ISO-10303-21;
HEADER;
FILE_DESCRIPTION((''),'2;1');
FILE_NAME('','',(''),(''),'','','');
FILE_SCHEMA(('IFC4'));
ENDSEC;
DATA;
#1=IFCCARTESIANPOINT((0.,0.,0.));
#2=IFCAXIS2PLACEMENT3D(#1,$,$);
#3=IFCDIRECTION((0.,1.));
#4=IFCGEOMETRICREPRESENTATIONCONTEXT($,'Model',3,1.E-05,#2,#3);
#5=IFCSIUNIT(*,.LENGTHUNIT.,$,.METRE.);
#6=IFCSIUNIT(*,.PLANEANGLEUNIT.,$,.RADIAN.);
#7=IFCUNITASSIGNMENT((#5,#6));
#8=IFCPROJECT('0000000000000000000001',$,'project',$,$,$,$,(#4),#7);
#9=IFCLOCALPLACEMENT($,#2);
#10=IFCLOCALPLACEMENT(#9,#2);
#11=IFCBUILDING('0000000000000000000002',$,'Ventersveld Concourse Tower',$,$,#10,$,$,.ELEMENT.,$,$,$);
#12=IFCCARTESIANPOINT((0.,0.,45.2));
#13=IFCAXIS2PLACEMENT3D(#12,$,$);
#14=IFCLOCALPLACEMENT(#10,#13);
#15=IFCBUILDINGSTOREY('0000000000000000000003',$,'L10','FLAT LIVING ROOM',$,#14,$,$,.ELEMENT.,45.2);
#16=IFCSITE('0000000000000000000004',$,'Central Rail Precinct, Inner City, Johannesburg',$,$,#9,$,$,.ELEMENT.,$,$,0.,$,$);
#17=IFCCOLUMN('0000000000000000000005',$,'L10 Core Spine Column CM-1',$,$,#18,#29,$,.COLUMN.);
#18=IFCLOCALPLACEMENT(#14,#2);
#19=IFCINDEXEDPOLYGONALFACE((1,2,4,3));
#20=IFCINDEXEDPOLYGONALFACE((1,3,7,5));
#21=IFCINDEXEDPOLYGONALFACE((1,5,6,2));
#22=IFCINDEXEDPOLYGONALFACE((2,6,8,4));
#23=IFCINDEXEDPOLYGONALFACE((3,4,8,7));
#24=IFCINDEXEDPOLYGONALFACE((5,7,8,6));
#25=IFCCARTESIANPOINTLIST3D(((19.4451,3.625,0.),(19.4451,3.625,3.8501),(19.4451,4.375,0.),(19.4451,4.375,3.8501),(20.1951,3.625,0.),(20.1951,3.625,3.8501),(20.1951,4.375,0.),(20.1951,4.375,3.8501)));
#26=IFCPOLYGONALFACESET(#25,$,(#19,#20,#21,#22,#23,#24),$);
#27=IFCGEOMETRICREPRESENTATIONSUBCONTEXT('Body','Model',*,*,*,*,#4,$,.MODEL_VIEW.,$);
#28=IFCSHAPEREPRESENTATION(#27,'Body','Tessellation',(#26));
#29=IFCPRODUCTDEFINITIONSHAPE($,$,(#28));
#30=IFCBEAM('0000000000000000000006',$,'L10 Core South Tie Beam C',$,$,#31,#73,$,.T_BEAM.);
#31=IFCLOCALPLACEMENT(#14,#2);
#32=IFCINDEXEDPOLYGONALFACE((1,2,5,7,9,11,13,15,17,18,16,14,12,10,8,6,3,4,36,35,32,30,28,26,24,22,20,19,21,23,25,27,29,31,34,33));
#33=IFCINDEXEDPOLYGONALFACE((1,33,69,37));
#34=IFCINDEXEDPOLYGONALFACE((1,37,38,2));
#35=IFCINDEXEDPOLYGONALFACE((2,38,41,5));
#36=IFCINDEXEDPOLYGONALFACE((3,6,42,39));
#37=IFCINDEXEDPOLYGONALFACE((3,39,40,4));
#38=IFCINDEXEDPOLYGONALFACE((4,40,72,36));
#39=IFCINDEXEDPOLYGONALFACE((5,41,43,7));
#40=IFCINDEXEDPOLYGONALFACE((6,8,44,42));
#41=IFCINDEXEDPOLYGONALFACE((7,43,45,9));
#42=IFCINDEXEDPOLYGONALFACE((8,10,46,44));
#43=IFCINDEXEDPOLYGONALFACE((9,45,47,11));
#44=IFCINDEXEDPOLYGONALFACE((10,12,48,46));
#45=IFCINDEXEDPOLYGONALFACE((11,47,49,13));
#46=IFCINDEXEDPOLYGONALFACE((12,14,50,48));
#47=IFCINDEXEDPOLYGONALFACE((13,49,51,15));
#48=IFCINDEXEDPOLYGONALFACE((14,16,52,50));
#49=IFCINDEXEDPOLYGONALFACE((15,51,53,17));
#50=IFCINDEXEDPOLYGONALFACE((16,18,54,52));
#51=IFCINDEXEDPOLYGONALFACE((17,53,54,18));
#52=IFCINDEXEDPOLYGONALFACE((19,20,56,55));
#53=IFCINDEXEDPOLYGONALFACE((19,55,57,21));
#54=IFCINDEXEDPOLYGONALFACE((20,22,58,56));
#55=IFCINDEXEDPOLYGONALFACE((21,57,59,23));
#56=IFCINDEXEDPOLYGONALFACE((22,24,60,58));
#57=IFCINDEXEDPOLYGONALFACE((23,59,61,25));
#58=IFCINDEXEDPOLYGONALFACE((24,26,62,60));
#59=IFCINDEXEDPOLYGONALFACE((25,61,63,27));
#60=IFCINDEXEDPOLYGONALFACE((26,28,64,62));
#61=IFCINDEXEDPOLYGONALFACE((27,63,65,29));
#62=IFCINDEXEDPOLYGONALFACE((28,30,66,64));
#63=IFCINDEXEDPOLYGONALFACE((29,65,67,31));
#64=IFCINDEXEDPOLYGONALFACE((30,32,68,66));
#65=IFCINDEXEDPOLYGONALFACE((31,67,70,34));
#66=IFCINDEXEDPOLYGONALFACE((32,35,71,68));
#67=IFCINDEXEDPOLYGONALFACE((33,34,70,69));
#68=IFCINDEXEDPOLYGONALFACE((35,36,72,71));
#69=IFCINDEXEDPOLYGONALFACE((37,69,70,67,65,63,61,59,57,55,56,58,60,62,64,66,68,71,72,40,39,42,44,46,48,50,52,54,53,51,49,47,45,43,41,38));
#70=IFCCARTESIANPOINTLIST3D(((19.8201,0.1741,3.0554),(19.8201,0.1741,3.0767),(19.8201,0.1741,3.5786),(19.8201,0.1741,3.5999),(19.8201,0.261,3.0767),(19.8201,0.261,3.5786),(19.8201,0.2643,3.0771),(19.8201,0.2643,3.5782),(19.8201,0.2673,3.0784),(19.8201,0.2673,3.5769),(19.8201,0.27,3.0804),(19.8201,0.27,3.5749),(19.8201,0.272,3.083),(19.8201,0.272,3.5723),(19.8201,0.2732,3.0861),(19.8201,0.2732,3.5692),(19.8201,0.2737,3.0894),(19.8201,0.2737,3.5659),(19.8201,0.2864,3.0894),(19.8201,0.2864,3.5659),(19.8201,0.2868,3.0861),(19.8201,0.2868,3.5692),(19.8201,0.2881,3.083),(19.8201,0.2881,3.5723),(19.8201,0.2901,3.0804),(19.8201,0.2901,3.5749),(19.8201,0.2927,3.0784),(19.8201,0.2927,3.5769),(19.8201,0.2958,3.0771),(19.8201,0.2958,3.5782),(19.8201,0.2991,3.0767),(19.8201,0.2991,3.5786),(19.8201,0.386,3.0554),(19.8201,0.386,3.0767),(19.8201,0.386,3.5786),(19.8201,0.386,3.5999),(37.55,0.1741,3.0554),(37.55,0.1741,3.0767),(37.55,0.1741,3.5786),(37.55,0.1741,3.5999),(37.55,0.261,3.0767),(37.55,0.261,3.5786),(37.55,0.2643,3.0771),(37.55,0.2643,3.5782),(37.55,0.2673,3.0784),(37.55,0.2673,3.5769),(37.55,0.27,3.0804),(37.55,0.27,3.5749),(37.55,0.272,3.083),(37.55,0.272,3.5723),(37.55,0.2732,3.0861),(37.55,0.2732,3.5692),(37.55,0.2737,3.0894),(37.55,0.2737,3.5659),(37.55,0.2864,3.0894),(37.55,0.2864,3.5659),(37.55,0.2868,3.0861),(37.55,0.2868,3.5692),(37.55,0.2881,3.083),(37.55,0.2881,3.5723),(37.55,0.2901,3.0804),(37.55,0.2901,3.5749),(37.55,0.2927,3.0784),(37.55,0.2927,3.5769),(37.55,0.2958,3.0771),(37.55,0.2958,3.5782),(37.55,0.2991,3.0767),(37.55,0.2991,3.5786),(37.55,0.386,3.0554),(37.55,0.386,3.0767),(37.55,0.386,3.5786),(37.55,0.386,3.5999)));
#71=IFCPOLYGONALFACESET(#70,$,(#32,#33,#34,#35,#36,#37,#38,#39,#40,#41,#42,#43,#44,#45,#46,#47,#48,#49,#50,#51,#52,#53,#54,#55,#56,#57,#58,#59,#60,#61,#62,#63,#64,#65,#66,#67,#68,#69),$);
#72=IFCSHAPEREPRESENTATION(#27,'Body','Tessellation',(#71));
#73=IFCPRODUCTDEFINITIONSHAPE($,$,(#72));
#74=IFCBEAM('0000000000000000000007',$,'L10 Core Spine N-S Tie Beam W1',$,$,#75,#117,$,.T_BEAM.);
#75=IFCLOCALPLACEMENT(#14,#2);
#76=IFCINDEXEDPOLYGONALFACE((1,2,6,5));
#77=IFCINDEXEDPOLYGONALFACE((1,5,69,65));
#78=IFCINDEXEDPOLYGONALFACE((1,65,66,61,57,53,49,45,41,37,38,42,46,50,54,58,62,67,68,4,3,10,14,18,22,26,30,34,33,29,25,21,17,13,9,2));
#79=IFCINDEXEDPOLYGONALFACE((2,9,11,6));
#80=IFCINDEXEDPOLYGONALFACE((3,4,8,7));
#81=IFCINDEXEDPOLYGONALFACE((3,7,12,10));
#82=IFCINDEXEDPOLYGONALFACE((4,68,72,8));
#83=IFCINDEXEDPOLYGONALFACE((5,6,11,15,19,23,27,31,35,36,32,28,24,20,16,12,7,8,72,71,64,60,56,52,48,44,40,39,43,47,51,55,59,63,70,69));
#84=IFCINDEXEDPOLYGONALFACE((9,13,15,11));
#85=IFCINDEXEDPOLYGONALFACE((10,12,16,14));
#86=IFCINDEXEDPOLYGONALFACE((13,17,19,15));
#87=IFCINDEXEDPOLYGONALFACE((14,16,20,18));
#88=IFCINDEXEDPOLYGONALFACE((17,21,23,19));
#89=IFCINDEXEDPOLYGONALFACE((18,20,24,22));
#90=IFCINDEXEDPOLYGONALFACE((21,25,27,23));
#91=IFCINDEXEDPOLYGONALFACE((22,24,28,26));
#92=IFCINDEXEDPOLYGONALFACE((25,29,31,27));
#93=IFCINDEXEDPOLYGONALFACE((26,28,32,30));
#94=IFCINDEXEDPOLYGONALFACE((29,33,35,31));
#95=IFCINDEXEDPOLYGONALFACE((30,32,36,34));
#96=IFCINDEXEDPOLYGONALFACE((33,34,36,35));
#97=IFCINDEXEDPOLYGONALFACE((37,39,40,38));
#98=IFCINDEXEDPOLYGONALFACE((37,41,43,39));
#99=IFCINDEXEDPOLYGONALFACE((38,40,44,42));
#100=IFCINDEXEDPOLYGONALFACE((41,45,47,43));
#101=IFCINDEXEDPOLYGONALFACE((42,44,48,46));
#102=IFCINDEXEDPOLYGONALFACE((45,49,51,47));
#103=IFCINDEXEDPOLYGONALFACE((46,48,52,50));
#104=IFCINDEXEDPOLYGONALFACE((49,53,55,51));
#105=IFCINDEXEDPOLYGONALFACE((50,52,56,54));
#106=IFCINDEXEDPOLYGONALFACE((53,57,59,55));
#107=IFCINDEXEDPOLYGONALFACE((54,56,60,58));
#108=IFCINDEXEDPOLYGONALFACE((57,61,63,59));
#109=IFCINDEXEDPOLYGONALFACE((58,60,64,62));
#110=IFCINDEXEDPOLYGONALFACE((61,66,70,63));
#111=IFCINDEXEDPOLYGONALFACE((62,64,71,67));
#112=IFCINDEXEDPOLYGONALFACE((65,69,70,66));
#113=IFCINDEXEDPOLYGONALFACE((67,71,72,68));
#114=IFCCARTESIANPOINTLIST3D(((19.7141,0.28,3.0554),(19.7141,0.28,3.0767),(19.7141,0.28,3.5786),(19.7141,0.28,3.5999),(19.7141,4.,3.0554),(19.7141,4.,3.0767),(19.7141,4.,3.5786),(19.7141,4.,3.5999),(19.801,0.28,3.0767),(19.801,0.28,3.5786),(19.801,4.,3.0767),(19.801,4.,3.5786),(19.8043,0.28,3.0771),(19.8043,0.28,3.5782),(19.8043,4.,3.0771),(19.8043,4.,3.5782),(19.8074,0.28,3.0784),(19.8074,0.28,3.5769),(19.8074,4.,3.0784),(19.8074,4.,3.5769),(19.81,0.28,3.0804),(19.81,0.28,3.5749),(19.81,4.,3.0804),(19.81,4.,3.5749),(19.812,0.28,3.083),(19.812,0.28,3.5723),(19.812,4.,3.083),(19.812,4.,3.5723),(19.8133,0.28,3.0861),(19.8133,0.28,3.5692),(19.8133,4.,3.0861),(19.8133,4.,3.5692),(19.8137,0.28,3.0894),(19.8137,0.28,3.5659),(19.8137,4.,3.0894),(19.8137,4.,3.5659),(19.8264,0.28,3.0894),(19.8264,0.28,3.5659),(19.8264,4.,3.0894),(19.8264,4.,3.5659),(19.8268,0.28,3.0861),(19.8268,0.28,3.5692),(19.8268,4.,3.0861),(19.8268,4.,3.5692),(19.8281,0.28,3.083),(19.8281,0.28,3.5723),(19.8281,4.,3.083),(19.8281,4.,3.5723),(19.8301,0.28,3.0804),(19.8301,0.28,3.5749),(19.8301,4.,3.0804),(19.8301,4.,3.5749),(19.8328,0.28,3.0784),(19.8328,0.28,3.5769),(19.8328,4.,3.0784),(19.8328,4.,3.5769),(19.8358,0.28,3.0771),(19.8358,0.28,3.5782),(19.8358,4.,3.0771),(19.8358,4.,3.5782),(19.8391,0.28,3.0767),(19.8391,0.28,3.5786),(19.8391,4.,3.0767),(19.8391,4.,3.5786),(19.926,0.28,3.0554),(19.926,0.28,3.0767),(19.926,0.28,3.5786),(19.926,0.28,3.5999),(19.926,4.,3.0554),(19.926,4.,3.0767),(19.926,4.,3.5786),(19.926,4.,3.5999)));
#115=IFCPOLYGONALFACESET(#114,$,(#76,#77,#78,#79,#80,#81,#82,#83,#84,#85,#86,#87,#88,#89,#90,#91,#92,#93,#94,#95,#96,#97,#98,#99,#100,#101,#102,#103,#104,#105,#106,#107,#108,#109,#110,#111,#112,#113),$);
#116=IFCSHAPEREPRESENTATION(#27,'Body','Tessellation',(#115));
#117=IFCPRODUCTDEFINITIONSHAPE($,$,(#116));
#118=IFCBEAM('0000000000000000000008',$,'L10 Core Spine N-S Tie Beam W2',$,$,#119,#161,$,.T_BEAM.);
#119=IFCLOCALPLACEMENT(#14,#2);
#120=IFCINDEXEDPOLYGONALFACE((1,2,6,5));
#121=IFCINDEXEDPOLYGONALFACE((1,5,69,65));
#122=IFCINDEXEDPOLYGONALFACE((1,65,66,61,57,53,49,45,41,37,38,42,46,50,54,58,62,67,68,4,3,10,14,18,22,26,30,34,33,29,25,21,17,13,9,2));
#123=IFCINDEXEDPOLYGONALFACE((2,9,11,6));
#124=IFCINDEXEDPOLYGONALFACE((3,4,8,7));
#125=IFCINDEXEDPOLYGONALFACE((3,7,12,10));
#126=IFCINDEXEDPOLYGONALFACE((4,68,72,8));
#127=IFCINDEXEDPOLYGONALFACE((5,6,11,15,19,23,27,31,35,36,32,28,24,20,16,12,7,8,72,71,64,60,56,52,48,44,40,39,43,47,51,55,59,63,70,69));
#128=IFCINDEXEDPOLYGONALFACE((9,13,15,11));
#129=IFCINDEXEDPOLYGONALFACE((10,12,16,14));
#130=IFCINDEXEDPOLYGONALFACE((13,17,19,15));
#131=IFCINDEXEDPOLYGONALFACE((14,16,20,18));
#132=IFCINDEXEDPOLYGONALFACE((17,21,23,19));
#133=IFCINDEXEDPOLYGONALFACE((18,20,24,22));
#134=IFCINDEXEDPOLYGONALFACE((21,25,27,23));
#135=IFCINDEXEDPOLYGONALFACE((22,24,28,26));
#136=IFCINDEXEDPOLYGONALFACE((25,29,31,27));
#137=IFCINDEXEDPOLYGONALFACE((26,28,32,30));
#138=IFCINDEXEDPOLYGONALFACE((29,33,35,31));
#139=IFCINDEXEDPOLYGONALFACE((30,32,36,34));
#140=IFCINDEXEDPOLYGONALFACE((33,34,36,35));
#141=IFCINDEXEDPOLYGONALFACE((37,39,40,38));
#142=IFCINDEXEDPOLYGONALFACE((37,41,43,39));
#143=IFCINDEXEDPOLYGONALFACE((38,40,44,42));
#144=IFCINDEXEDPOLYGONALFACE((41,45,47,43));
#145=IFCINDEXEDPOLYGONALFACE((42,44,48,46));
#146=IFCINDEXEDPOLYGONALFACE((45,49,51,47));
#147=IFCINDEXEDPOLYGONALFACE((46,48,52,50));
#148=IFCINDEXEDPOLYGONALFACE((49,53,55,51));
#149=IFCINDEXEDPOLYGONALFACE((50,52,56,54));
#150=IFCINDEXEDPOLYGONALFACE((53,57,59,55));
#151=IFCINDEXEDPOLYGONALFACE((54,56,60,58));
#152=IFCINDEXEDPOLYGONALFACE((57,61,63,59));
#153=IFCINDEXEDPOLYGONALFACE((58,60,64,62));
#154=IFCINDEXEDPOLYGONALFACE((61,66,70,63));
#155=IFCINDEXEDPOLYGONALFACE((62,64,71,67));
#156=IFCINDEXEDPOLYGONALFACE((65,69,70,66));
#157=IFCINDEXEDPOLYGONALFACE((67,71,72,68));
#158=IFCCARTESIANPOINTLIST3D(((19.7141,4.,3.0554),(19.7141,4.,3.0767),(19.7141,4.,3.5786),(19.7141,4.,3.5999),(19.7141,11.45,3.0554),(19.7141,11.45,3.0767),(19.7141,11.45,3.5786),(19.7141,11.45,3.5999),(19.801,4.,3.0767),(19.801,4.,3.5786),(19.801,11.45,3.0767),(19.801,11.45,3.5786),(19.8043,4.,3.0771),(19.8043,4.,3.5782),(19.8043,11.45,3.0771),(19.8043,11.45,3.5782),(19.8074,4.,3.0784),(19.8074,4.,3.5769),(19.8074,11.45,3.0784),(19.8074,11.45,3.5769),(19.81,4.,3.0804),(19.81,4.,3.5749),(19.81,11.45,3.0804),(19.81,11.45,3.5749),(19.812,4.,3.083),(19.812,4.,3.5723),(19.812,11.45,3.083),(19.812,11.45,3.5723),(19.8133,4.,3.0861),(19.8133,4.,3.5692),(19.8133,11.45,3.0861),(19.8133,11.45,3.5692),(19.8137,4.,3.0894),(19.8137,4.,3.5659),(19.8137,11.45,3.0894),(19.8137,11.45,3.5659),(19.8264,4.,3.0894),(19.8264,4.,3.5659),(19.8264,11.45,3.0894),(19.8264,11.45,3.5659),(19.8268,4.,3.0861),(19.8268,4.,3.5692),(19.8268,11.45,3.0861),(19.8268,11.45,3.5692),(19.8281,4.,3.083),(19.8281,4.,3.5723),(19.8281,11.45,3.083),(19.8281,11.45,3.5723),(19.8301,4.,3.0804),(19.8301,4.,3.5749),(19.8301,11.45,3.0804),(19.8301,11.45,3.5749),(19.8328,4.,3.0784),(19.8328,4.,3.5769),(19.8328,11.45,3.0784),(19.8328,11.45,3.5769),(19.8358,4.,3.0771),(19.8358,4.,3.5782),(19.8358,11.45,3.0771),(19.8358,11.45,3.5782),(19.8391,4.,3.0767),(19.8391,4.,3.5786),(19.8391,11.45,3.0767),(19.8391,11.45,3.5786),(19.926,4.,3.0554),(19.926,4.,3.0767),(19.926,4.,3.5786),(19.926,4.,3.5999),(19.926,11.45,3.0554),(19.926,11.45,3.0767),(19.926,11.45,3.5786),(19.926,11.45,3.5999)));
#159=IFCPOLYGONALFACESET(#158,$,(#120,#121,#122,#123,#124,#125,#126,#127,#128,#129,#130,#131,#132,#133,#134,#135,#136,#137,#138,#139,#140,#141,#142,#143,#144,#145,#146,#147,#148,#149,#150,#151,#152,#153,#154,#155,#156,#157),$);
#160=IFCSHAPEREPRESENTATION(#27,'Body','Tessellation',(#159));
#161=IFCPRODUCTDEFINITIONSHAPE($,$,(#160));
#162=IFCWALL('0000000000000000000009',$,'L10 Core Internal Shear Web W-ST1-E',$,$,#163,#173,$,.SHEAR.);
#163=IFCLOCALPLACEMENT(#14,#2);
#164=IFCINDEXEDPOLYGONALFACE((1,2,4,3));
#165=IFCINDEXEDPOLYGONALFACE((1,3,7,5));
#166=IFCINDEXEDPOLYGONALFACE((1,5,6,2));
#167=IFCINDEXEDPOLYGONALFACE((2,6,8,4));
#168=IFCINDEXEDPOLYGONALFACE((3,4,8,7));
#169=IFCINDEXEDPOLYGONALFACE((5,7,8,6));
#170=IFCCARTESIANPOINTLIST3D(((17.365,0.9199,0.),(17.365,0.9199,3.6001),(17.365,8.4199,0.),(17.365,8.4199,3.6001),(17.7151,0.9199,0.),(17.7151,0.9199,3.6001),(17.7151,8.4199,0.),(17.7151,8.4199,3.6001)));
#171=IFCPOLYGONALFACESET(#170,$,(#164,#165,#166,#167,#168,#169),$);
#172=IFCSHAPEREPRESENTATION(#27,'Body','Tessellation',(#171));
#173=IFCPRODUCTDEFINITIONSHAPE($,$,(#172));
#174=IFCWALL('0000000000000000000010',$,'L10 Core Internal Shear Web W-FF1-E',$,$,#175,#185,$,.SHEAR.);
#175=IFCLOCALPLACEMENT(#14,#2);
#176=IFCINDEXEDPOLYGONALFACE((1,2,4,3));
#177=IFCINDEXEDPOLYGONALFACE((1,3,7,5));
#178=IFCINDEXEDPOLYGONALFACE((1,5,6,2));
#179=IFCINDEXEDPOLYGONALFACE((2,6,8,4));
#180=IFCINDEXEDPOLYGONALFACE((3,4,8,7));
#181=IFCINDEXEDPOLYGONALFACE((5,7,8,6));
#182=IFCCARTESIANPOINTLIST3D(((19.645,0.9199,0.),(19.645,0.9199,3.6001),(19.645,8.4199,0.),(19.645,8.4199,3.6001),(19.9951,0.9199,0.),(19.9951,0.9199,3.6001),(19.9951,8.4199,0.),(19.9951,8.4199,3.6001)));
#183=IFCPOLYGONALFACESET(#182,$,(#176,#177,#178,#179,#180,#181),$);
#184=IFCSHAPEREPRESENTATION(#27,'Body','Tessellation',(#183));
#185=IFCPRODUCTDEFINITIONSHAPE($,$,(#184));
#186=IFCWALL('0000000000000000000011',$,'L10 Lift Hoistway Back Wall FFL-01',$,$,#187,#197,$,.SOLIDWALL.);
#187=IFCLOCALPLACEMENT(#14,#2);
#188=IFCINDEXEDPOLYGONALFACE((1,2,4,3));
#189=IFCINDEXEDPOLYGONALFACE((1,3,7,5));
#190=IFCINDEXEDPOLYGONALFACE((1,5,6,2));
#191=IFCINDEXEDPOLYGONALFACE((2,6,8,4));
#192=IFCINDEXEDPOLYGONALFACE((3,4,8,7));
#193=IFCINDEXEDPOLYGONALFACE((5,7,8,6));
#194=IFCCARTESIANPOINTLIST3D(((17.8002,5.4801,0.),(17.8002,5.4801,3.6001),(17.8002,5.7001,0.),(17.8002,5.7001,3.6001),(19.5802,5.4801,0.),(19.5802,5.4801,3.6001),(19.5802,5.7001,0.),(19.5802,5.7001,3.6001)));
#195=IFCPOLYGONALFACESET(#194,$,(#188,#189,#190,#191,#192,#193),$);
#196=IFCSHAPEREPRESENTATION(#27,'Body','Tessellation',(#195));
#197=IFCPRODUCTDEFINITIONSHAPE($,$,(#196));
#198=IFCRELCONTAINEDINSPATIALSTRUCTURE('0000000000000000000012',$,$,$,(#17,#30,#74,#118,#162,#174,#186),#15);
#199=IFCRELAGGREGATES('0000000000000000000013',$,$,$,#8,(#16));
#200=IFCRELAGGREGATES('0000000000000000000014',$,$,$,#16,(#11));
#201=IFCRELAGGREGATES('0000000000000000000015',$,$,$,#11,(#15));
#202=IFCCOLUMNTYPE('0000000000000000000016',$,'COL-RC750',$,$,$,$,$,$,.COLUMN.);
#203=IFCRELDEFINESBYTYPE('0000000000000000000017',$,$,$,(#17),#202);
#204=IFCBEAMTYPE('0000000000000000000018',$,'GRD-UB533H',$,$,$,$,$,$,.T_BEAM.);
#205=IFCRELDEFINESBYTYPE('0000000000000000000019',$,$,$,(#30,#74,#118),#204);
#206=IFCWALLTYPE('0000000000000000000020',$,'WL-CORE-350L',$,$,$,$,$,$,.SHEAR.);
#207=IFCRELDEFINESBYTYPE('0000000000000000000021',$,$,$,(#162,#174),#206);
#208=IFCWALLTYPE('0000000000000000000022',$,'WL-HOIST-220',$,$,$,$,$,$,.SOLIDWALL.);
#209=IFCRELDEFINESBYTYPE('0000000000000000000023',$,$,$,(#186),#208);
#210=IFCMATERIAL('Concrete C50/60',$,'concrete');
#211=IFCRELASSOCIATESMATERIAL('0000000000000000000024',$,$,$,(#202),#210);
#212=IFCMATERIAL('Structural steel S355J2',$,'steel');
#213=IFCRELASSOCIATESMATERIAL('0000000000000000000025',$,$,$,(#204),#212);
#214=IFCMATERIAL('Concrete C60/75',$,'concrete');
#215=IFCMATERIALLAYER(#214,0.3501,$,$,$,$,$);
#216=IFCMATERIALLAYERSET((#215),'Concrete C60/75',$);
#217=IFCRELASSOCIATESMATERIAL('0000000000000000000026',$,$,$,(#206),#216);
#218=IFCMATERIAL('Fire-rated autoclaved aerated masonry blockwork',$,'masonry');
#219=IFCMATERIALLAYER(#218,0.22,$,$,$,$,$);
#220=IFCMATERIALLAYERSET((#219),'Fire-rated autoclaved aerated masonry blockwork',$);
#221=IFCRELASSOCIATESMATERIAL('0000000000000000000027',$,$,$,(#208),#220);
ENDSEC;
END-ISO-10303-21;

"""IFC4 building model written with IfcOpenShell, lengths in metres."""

from ifc_helpers import new_model, si_unit, direction, frame, frame_2d, origin, origin_2d, place, context, subcontext, project, spatial, rectangle, i_section, extrude, material, layer, layer_set, material_profile, profile_set, type_object, element, save


model = new_model("IFC4")

# Units and contexts
model_context = context("Model", 3, precision=1e-05, world=origin(), true_north=direction((0.0, 1.0)))
body_context = subcontext(model_context, "Body", "Model", "MODEL_VIEW")
ifc_project = project(units=[si_unit("LENGTHUNIT", "METRE"), si_unit("PLANEANGLEUNIT", "RADIAN")], contexts=[model_context])

# Site, building, storey
site_placement = place(None, origin())
site = spatial("IfcSite", under=ifc_project, at=site_placement, Name="Central Rail Precinct, Inner City, Johannesburg", CompositionType="ELEMENT", RefElevation=0.0)
building_placement = place(site_placement, origin())
building = spatial("IfcBuilding", under=site, at=building_placement, Name="Ventersveld Concourse Tower", CompositionType="ELEMENT")
storey_placement = place(building_placement, frame((0.0, 0.0, 45.2)))
storey = spatial("IfcBuildingStorey", under=building, at=storey_placement, Name="L10", Description="FLAT LIVING ROOM", CompositionType="ELEMENT", Elevation=45.2)

# Column
ifc_material_1 = material(Name="Concrete C50/60", Category="concrete")
ifc_material_profile_1 = material_profile(ifc_material_1, rectangle(XDim=0.75, YDim=0.75, at=origin_2d()), Name="RC 750x750")
ifc_profile_set_1 = profile_set([ifc_material_profile_1], Name="Concrete C50/60")
column_type = type_object("IfcColumnType", Name="COL-RC750", PredefinedType="COLUMN", material=ifc_profile_set_1)
column_placement = place(storey_placement, frame((19.8201, 4.0, 0.0), z_axis=(0.0, 0.0, 1.0), x_axis=(1.0, 0.0, 0.0)))
element("IfcColumn", 1, at=column_placement, inside=storey, type_object=column_type, Name="L10 Core Spine Column CM-1", PredefinedType="COLUMN", context=body_context, shape_type="SweptSolid", body=[
    extrude(rectangle(XDim=0.75, YDim=0.75, at=origin_2d()), origin(), (0.0, 0.0, 1.0), 3.8501),
])

# Beams
ifc_material_2 = material(Name="Structural steel S355J2", Category="steel")
ifc_material_profile_2 = material_profile(ifc_material_2, i_section(OverallWidth=0.2119, OverallDepth=0.5444, WebThickness=0.0127, FlangeThickness=0.0212, FilletRadius=0.0127, at=origin_2d()), Name="UB 533x210x122")
ifc_profile_set_2 = profile_set([ifc_material_profile_2], Name="Structural steel S355J2")
beam_type = type_object("IfcBeamType", Name="GRD-UB533H", PredefinedType="T_BEAM", material=ifc_profile_set_2)
beam_1_placement = place(storey_placement, frame((19.8201, 0.28, 3.3276), z_axis=(1.0, 0.0, 0.0), x_axis=(0.0, 1.0, 0.0)))
element("IfcBeam", 2, at=beam_1_placement, inside=storey, type_object=beam_type, Name="L10 Core South Tie Beam C", PredefinedType="T_BEAM", context=body_context, shape_type="SweptSolid", body=[
    extrude(i_section(OverallWidth=0.2119, OverallDepth=0.5444, WebThickness=0.0127, FlangeThickness=0.0212, FilletRadius=0.0127, at=origin_2d()), origin(), (0.0, 0.0, 1.0), 17.73),
])
beam_2_placement = place(storey_placement, frame((19.8201, 0.28, 3.3276), z_axis=(0.0, 1.0, 0.0), x_axis=(-1.0, 0.0, 0.0)))
element("IfcBeam", 3, at=beam_2_placement, inside=storey, type_object=beam_type, Name="L10 Core Spine N-S Tie Beam W1", PredefinedType="T_BEAM", context=body_context, shape_type="SweptSolid", body=[
    extrude(i_section(OverallWidth=0.2119, OverallDepth=0.5444, WebThickness=0.0127, FlangeThickness=0.0212, FilletRadius=0.0127, at=origin_2d()), origin(), (0.0, 0.0, 1.0), 3.72),
])
beam_3_placement = place(storey_placement, frame((19.8201, 4.0, 3.3276), z_axis=(0.0, 1.0, 0.0), x_axis=(-1.0, 0.0, 0.0)))
element("IfcBeam", 4, at=beam_3_placement, inside=storey, type_object=beam_type, Name="L10 Core Spine N-S Tie Beam W2", PredefinedType="T_BEAM", context=body_context, shape_type="SweptSolid", body=[
    extrude(i_section(OverallWidth=0.2119, OverallDepth=0.5444, WebThickness=0.0127, FlangeThickness=0.0212, FilletRadius=0.0127, at=origin_2d()), origin(), (0.0, 0.0, 1.0), 7.45),
])

# Walls
ifc_material_3 = material(Name="Concrete C60/75", Category="concrete")
ifc_layer_1 = layer(ifc_material_3, 0.3501)
ifc_layer_set_1 = layer_set([ifc_layer_1], Name="Concrete C60/75")
wall_type_1 = type_object("IfcWallType", Name="WL-CORE-350L", PredefinedType="SHEAR", material=ifc_layer_set_1)
for number, where, z_axis, x_axis, name in (
    (5, (17.54, 0.9199, 0.0), (0.0, 0.0, 1.0), (0.0, 1.0, 0.0), "L10 Core Internal Shear Web W-ST1-E"),
    (6, (19.8201, 0.9199, 0.0), (0.0, 0.0, 1.0), (0.0, 1.0, 0.0), "L10 Core Internal Shear Web W-FF1-E"),
):
    element("IfcWall", number, at=place(storey_placement, frame(where, z_axis=z_axis, x_axis=x_axis)), inside=storey, type_object=wall_type_1, Name=name, PredefinedType="SHEAR", context=body_context, shape_type="SweptSolid", body=[
        extrude(rectangle(XDim=7.5, YDim=0.3501, at=frame_2d((3.75, 0.0))), origin(), (0.0, 0.0, 1.0), 3.6001),
    ])
ifc_material_4 = material(Name="Fire-rated autoclaved aerated masonry blockwork", Category="masonry")
ifc_layer_2 = layer(ifc_material_4, 0.22)
ifc_layer_set_2 = layer_set([ifc_layer_2], Name="Fire-rated autoclaved aerated masonry blockwork")
wall_type_2 = type_object("IfcWallType", Name="WL-HOIST-220", PredefinedType="SOLIDWALL", material=ifc_layer_set_2)
wall_1_placement = place(storey_placement, frame((17.8, 5.5901, 0.0), z_axis=(0.0, 0.0, 1.0), x_axis=(1.0, 0.0, 0.0)))
element("IfcWall", 7, at=wall_1_placement, inside=storey, type_object=wall_type_2, Name="L10 Lift Hoistway Back Wall FFL-01", PredefinedType="SOLIDWALL", context=body_context, shape_type="SweptSolid", body=[
    extrude(rectangle(XDim=1.78, YDim=0.22, at=frame_2d((0.8901, 0.0))), origin(), (0.0, 0.0, 1.0), 3.6001),
])

save(model, "model.ifc")
